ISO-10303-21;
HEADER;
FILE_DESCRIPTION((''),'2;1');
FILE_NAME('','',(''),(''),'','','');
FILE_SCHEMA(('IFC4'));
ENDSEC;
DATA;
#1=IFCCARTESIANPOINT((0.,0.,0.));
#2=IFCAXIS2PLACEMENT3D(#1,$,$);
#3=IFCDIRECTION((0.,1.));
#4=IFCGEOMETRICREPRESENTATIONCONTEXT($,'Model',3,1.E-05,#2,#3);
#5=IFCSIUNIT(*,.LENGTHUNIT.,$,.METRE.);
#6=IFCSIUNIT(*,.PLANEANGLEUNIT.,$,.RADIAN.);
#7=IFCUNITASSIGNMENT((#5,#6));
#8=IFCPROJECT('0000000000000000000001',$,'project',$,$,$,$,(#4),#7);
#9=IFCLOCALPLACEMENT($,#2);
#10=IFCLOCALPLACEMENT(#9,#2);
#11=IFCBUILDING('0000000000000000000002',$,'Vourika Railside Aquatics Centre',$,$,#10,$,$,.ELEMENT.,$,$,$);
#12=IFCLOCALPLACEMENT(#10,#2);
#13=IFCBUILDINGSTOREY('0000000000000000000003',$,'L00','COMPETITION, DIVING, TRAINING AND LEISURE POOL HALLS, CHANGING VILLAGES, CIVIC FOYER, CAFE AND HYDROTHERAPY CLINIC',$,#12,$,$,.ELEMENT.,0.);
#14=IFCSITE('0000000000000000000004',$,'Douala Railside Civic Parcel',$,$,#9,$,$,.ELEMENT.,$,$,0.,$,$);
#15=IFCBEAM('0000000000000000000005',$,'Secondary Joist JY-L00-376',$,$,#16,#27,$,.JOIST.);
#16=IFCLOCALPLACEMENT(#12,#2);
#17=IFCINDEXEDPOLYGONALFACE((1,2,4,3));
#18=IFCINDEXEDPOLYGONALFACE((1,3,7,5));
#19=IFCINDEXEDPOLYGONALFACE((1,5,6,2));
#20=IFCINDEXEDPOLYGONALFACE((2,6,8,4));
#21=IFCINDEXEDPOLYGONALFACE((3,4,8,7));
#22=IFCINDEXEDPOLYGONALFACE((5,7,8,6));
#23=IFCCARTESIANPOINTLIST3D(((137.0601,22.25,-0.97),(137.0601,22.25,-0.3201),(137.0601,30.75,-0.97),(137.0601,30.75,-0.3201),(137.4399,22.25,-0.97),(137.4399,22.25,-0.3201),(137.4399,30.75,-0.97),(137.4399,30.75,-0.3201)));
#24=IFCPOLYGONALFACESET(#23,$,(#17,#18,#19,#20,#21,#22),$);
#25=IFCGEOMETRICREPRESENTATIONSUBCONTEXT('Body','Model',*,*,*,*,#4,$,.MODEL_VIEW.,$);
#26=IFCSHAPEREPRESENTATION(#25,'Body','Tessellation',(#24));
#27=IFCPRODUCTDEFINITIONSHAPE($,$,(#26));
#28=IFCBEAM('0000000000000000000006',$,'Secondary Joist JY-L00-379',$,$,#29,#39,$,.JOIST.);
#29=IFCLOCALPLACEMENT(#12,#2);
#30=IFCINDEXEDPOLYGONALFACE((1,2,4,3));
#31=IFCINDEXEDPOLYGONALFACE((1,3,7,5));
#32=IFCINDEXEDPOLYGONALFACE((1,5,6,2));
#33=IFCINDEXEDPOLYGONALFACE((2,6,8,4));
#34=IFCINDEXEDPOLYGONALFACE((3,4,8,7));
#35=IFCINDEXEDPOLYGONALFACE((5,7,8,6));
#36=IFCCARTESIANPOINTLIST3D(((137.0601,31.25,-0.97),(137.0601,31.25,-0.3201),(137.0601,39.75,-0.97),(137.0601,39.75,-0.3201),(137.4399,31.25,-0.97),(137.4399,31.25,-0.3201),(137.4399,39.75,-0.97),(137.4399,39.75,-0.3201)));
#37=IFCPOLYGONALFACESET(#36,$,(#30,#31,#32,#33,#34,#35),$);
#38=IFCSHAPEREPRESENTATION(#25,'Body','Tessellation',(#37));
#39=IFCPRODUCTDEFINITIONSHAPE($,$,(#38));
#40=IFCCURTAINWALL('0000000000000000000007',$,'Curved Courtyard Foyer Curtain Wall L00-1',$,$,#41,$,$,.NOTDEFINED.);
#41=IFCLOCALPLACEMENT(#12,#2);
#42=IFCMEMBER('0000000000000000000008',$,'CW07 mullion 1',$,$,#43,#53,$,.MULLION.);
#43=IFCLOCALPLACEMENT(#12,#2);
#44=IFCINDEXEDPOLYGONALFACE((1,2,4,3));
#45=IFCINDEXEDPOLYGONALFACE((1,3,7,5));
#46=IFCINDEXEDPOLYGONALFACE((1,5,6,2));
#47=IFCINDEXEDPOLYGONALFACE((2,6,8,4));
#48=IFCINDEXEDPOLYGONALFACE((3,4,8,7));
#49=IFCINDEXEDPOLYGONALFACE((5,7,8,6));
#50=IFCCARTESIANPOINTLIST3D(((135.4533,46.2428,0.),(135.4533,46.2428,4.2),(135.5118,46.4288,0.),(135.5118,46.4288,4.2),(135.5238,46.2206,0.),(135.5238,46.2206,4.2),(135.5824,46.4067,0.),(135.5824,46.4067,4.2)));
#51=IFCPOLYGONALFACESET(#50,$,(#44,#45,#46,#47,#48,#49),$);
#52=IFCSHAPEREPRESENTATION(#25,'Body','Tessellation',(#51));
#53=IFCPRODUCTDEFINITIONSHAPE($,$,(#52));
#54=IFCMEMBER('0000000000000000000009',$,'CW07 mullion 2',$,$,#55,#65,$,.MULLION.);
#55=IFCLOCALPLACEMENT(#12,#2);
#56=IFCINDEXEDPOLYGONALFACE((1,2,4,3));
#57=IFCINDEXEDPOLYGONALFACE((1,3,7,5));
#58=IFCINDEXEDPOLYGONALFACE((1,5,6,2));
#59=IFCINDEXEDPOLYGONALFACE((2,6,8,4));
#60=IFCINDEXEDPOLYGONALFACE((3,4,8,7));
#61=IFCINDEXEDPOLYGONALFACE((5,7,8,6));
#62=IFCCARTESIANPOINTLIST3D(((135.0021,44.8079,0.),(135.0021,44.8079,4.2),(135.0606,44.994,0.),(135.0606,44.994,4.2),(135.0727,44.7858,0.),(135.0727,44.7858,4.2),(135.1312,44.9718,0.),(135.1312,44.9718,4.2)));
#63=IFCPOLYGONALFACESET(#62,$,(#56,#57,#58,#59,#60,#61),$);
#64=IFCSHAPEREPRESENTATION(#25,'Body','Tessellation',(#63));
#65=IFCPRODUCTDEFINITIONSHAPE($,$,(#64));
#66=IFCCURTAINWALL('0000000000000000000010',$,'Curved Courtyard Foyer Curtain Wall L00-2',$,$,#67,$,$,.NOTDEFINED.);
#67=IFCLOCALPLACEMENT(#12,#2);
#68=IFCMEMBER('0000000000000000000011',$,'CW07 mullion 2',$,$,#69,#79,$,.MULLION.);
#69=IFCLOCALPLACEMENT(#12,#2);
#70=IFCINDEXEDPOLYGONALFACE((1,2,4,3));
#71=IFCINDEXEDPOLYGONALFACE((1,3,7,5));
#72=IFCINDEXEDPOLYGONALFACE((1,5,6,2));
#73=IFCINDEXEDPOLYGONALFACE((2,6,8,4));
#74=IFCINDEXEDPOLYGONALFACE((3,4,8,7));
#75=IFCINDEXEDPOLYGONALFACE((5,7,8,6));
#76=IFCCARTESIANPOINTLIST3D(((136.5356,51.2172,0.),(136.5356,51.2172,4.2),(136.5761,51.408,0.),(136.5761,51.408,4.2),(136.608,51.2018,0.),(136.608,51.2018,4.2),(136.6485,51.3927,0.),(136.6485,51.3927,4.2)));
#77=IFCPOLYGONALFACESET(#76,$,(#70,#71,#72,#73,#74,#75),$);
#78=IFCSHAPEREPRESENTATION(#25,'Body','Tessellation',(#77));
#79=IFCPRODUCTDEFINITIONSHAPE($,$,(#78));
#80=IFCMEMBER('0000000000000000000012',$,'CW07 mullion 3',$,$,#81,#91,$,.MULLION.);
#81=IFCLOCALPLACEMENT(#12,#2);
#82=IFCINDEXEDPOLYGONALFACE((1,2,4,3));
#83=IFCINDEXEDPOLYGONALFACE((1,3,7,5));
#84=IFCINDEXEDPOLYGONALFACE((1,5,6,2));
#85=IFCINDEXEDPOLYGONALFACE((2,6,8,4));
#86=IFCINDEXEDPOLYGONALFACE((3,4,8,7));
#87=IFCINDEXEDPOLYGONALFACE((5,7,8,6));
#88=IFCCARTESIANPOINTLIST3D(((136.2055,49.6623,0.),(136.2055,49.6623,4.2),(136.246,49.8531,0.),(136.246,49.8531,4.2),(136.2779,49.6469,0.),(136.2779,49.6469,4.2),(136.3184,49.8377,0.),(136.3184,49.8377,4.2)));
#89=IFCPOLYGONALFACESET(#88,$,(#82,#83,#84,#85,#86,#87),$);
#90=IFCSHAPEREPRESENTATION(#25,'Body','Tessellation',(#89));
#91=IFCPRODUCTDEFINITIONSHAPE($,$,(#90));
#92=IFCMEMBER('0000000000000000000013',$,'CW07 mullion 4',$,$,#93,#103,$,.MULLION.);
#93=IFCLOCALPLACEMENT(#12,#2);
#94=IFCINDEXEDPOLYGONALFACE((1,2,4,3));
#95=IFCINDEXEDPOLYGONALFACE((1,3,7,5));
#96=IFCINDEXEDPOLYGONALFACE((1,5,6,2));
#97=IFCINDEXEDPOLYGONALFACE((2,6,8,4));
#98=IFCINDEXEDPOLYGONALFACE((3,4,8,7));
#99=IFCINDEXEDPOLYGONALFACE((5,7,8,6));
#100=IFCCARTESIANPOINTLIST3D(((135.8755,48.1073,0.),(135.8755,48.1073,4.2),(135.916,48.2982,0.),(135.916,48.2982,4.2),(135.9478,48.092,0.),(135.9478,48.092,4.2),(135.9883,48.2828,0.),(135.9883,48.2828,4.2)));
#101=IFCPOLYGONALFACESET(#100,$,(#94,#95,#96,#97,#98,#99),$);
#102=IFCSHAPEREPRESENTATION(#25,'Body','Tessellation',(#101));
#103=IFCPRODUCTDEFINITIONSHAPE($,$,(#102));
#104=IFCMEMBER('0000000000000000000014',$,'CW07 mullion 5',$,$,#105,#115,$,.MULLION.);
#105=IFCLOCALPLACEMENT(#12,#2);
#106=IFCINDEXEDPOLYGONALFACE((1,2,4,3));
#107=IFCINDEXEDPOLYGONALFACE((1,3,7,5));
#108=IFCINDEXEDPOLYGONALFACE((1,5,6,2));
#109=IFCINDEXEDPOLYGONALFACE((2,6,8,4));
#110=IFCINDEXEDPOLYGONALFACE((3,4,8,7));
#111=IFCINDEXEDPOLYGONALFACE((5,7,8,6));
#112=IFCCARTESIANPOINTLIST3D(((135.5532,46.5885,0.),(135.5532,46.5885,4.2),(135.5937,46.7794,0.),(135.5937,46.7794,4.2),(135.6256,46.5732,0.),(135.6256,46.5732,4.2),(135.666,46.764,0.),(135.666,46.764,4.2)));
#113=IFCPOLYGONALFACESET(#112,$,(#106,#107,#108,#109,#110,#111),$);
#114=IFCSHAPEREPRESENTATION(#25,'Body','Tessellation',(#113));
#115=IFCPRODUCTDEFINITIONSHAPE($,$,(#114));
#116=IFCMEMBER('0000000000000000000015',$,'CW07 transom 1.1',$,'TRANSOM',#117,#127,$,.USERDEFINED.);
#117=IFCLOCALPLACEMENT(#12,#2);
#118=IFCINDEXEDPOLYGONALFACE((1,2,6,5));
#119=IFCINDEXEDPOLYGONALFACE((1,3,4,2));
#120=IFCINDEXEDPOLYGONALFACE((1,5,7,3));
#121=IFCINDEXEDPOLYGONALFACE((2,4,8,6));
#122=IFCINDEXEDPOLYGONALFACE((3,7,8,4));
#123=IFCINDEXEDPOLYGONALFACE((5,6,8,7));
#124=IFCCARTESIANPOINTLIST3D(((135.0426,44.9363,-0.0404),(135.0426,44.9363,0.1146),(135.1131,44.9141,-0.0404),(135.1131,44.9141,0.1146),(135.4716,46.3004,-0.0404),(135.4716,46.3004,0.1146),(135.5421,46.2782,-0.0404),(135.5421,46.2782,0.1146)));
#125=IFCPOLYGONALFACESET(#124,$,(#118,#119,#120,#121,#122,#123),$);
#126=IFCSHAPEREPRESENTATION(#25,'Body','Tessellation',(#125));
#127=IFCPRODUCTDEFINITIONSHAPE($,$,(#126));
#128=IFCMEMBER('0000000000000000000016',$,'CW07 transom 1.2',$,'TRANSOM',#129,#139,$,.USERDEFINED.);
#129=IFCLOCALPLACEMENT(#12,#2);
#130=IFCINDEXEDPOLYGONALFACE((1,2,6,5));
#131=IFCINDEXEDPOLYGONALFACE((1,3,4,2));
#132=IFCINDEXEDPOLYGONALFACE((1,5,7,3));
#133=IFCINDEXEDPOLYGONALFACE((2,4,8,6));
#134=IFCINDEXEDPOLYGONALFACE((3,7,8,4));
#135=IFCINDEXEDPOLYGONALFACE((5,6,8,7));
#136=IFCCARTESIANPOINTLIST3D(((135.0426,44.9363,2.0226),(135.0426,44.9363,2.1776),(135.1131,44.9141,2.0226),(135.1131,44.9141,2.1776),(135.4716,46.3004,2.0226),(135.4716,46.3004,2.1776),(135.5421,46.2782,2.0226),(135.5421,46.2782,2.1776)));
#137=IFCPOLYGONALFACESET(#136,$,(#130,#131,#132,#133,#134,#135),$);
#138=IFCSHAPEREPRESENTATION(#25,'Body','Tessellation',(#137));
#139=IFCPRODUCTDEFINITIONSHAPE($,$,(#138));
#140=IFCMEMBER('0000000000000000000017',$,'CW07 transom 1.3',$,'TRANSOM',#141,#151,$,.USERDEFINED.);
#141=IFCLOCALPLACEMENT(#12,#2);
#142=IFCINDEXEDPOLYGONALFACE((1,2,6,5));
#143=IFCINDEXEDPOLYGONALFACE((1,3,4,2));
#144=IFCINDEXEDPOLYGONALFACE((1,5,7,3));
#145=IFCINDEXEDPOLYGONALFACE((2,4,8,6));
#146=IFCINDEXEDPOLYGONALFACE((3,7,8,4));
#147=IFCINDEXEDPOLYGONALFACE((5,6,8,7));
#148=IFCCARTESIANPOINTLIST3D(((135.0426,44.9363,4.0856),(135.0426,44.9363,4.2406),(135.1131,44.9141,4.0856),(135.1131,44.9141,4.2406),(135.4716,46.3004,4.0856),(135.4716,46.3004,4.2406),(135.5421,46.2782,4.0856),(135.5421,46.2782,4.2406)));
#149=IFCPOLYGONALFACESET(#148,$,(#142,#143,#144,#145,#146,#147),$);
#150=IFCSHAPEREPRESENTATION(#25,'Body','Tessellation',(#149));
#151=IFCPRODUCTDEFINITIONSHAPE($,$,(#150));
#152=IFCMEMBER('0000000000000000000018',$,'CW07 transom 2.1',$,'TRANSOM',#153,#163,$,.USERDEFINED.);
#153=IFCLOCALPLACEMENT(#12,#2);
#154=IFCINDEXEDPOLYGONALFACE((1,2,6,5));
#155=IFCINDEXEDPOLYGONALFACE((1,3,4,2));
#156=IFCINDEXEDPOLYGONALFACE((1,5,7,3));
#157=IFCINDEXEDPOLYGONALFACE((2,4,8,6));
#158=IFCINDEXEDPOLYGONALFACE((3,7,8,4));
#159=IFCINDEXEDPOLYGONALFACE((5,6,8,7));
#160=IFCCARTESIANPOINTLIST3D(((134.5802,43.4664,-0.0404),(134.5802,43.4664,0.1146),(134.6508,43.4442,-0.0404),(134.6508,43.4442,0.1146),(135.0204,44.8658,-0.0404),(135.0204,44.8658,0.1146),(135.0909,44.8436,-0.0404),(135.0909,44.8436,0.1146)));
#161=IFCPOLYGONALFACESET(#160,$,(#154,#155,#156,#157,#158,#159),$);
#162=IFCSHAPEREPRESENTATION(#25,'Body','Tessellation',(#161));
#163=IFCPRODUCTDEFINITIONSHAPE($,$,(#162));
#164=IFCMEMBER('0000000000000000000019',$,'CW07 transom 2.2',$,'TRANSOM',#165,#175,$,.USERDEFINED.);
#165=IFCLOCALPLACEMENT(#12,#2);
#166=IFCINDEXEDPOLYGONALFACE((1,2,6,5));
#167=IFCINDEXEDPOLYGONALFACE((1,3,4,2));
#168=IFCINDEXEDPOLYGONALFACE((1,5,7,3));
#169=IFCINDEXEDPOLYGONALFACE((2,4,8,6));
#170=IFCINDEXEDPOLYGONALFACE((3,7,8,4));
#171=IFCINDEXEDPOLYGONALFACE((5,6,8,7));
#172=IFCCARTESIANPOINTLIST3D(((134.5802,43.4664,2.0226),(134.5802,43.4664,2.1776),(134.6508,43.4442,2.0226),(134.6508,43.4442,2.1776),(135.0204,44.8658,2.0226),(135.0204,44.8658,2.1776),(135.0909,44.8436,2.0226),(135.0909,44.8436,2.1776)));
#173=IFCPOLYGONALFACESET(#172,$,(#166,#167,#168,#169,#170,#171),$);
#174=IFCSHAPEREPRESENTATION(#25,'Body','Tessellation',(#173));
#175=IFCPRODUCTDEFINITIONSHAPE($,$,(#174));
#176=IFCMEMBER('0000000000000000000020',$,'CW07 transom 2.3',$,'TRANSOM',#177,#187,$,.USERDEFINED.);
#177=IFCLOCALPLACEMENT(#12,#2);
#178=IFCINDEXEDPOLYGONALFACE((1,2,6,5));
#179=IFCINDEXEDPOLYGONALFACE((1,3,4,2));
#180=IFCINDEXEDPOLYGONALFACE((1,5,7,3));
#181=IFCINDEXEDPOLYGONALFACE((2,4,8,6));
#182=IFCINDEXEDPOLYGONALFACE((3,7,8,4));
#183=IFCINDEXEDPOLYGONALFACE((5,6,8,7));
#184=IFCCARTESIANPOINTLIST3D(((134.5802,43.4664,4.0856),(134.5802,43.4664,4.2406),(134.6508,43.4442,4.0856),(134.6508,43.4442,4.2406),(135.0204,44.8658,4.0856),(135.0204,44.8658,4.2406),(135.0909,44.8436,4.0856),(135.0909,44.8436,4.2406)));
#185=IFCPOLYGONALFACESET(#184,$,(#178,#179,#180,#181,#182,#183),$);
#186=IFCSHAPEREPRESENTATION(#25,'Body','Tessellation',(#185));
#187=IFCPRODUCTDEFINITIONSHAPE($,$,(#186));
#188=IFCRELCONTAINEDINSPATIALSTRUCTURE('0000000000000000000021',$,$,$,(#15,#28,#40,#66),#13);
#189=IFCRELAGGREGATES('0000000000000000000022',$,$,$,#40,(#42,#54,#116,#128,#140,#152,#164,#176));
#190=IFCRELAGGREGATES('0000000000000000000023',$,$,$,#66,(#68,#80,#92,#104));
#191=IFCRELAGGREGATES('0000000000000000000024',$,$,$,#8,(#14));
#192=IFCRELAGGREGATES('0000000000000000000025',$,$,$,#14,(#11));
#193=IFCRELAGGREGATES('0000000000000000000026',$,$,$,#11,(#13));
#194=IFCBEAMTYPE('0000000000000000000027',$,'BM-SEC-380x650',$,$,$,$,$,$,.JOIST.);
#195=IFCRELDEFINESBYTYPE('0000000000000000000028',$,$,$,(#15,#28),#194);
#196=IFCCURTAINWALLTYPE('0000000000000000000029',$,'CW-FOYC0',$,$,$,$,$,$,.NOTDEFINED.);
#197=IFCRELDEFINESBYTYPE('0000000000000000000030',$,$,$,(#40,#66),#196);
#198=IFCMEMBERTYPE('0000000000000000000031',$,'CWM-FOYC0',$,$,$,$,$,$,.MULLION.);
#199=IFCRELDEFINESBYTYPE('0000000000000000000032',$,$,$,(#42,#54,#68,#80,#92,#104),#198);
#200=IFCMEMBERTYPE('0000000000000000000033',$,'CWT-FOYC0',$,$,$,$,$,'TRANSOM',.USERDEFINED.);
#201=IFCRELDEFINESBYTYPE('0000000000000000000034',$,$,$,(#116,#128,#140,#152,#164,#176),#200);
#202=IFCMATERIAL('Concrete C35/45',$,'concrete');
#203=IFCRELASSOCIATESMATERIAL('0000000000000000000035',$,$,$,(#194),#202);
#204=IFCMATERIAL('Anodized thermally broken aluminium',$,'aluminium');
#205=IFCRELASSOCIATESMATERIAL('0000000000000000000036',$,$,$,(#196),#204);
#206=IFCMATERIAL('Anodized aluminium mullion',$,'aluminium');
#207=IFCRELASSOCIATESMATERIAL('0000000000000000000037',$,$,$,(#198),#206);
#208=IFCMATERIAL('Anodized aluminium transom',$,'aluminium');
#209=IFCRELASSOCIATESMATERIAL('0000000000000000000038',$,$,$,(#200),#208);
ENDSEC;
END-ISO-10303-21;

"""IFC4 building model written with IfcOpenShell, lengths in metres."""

from ifc_helpers import new_model, si_unit, direction, frame, origin, origin_2d, place, context, subcontext, project, spatial, rectangle, extrude, material, material_profile, profile_set, type_object, element, aggregate, save


model = new_model("IFC4")

# Units and contexts
model_context = context("Model", 3, precision=1e-05, world=origin(), true_north=direction((0.0, 1.0)))
body_context = subcontext(model_context, "Body", "Model", "MODEL_VIEW")
ifc_project = project(units=[si_unit("LENGTHUNIT", "METRE"), si_unit("PLANEANGLEUNIT", "RADIAN")], contexts=[model_context])

# Site, building, storey
site_placement = place(None, origin())
site = spatial("IfcSite", under=ifc_project, at=site_placement, Name="Douala Railside Civic Parcel", CompositionType="ELEMENT", RefElevation=0.0)
building_placement = place(site_placement, origin())
building = spatial("IfcBuilding", under=site, at=building_placement, Name="Vourika Railside Aquatics Centre", CompositionType="ELEMENT")
storey_placement = place(building_placement, origin())
storey = spatial("IfcBuildingStorey", under=building, at=storey_placement, Name="L00", Description="COMPETITION, DIVING, TRAINING AND LEISURE POOL HALLS, CHANGING VILLAGES, CIVIC FOYER, CAFE AND HYDROTHERAPY CLINIC", CompositionType="ELEMENT", Elevation=0.0)

# Beams
ifc_material_1 = material(Name="Concrete C35/45", Category="concrete")
ifc_material_profile_1 = material_profile(ifc_material_1, rectangle(XDim=0.3799, YDim=0.6499, at=origin_2d()), Name="RC 380x650")
ifc_profile_set_1 = profile_set([ifc_material_profile_1], Name="Concrete C35/45")
beam_type = type_object("IfcBeamType", Name="BM-SEC-380x650", PredefinedType="JOIST", material=ifc_profile_set_1)
for number, where, z_axis, x_axis, name in (
    (1, (137.25, 22.25, -0.645), (0.0, 1.0, 0.0), (-1.0, 0.0, 0.0), "Secondary Joist JY-L00-376"),
    (2, (137.25, 31.25, -0.645), (0.0, 1.0, 0.0), (-1.0, 0.0, 0.0), "Secondary Joist JY-L00-379"),
):
    element("IfcBeam", number, at=place(storey_placement, frame(where, z_axis=z_axis, x_axis=x_axis)), inside=storey, type_object=beam_type, Name=name, PredefinedType="JOIST", context=body_context, shape_type="SweptSolid", body=[
        extrude(rectangle(XDim=0.3799, YDim=0.6499, at=origin_2d()), origin(), (0.0, 0.0, 1.0), 8.5),
    ])

# Curtain walls, members
ifc_material_2 = material(Name="Anodized thermally broken aluminium", Category="aluminium")
curtain_wall_type = type_object("IfcCurtainWallType", Name="CW-FOYC0", PredefinedType="NOTDEFINED", material=ifc_material_2)
curtain_wall_1_placement = place(storey_placement, origin())
curtain_wall_1 = element("IfcCurtainWall", 3, at=curtain_wall_1_placement, inside=storey, type_object=curtain_wall_type, Name="Curved Courtyard Foyer Curtain Wall L00-1", PredefinedType="NOTDEFINED")
ifc_material_3 = material(Name="Anodized aluminium mullion", Category="aluminium")
ifc_material_profile_2 = material_profile(ifc_material_3, rectangle(XDim=0.074, YDim=0.1951, at=origin_2d()), Name="ALU-M 74x195")
ifc_profile_set_2 = profile_set([ifc_material_profile_2], Name="Anodized aluminium mullion")
member_type_1 = type_object("IfcMemberType", Name="CWM-FOYC0", PredefinedType="MULLION", material=ifc_profile_set_2)
member_1_placement = place(storey_placement, frame((135.5178, 46.3247, 0.0), z_axis=(0.0, 0.0, 1.0), x_axis=(0.953947, -0.299974, 0.0)))
member_1 = element("IfcMember", 4, at=member_1_placement, type_object=member_type_1, Name="CW07 mullion 1", PredefinedType="MULLION", context=body_context, shape_type="SweptSolid", body=[
    extrude(rectangle(XDim=0.074, YDim=0.1951, at=origin_2d()), origin(), (0.0, 0.0, 1.0), 4.2),
])
member_2_placement = place(storey_placement, frame((135.0667, 44.8899, 0.0), z_axis=(0.0, 0.0, 1.0), x_axis=(0.953947, -0.299974, 0.0)))
member_2 = element("IfcMember", 5, at=member_2_placement, type_object=member_type_1, Name="CW07 mullion 2", PredefinedType="MULLION", context=body_context, shape_type="SweptSolid", body=[
    extrude(rectangle(XDim=0.074, YDim=0.1951, at=origin_2d()), origin(), (0.0, 0.0, 1.0), 4.2),
])
curtain_wall_2_placement = place(storey_placement, origin())
curtain_wall_2 = element("IfcCurtainWall", 6, at=curtain_wall_2_placement, inside=storey, type_object=curtain_wall_type, Name="Curved Courtyard Foyer Curtain Wall L00-2", PredefinedType="NOTDEFINED")
member_3_placement = place(storey_placement, frame((136.592, 51.3049, 0.0), z_axis=(0.0, 0.0, 1.0), x_axis=(0.978215, -0.207595, 0.0)))
member_3 = element("IfcMember", 7, at=member_3_placement, type_object=member_type_1, Name="CW07 mullion 2", PredefinedType="MULLION", context=body_context, shape_type="SweptSolid", body=[
    extrude(rectangle(XDim=0.074, YDim=0.1951, at=origin_2d()), origin(), (0.0, 0.0, 1.0), 4.2),
])
member_4_placement = place(storey_placement, frame((136.262, 49.75, 0.0), z_axis=(0.0, 0.0, 1.0), x_axis=(0.978215, -0.207595, 0.0)))
member_4 = element("IfcMember", 8, at=member_4_placement, type_object=member_type_1, Name="CW07 mullion 3", PredefinedType="MULLION", context=body_context, shape_type="SweptSolid", body=[
    extrude(rectangle(XDim=0.074, YDim=0.1951, at=origin_2d()), origin(), (0.0, 0.0, 1.0), 4.2),
])
member_5_placement = place(storey_placement, frame((135.9319, 48.1951, 0.0), z_axis=(0.0, 0.0, 1.0), x_axis=(0.978215, -0.207595, 0.0)))
member_5 = element("IfcMember", 9, at=member_5_placement, type_object=member_type_1, Name="CW07 mullion 4", PredefinedType="MULLION", context=body_context, shape_type="SweptSolid", body=[
    extrude(rectangle(XDim=0.074, YDim=0.1951, at=origin_2d()), origin(), (0.0, 0.0, 1.0), 4.2),
])
member_6_placement = place(storey_placement, frame((135.6096, 46.6763, 0.0), z_axis=(0.0, 0.0, 1.0), x_axis=(0.978215, -0.207595, 0.0)))
member_6 = element("IfcMember", 10, at=member_6_placement, type_object=member_type_1, Name="CW07 mullion 5", PredefinedType="MULLION", context=body_context, shape_type="SweptSolid", body=[
    extrude(rectangle(XDim=0.074, YDim=0.1951, at=origin_2d()), origin(), (0.0, 0.0, 1.0), 4.2),
])

# Members
ifc_material_4 = material(Name="Anodized aluminium transom", Category="aluminium")
ifc_material_profile_3 = material_profile(ifc_material_4, rectangle(XDim=0.074, YDim=0.155, at=origin_2d()), Name="ALU-T 74x155")
ifc_profile_set_3 = profile_set([ifc_material_profile_3], Name="Anodized aluminium transom")
member_type_2 = type_object("IfcMemberType", Name="CWT-FOYC0", ElementType="TRANSOM", PredefinedType="USERDEFINED", material=ifc_profile_set_3)
member_7_placement = place(storey_placement, frame((135.5068, 46.2893, 0.0371), z_axis=(-0.299995, -0.953941, 0.0), x_axis=(0.953941, -0.299995, 0.0)))
member_7 = element("IfcMember", 11, at=member_7_placement, type_object=member_type_2, Name="CW07 transom 1.1", ObjectType="TRANSOM", PredefinedType="USERDEFINED", context=body_context, shape_type="SweptSolid", body=[
    extrude(rectangle(XDim=0.074, YDim=0.155, at=origin_2d()), origin(), (0.0, 0.0, 1.0), 1.4299),
])
member_8_placement = place(storey_placement, frame((135.5068, 46.2893, 2.1001), z_axis=(-0.299995, -0.953941, 0.0), x_axis=(0.953941, -0.299995, 0.0)))
member_8 = element("IfcMember", 12, at=member_8_placement, type_object=member_type_2, Name="CW07 transom 1.2", ObjectType="TRANSOM", PredefinedType="USERDEFINED", context=body_context, shape_type="SweptSolid", body=[
    extrude(rectangle(XDim=0.074, YDim=0.155, at=origin_2d()), origin(), (0.0, 0.0, 1.0), 1.4299),
])
member_9_placement = place(storey_placement, frame((135.5068, 46.2893, 4.1631), z_axis=(-0.299995, -0.953941, 0.0), x_axis=(0.953941, -0.299995, 0.0)))
member_9 = element("IfcMember", 13, at=member_9_placement, type_object=member_type_2, Name="CW07 transom 1.3", ObjectType="TRANSOM", PredefinedType="USERDEFINED", context=body_context, shape_type="SweptSolid", body=[
    extrude(rectangle(XDim=0.074, YDim=0.155, at=origin_2d()), origin(), (0.0, 0.0, 1.0), 1.4299),
])
member_10_placement = place(storey_placement, frame((135.0557, 44.8547, 0.0371), z_axis=(-0.300056, -0.953922, 0.0), x_axis=(0.953922, -0.300056, 0.0)))
member_10 = element("IfcMember", 14, at=member_10_placement, type_object=member_type_2, Name="CW07 transom 2.1", ObjectType="TRANSOM", PredefinedType="USERDEFINED", context=body_context, shape_type="SweptSolid", body=[
    extrude(rectangle(XDim=0.074, YDim=0.155, at=origin_2d()), origin(), (0.0, 0.0, 1.0), 1.467),
])
member_11_placement = place(storey_placement, frame((135.0557, 44.8547, 2.1001), z_axis=(-0.300056, -0.953922, 0.0), x_axis=(0.953922, -0.300056, 0.0)))
member_11 = element("IfcMember", 15, at=member_11_placement, type_object=member_type_2, Name="CW07 transom 2.2", ObjectType="TRANSOM", PredefinedType="USERDEFINED", context=body_context, shape_type="SweptSolid", body=[
    extrude(rectangle(XDim=0.074, YDim=0.155, at=origin_2d()), origin(), (0.0, 0.0, 1.0), 1.467),
])
member_12_placement = place(storey_placement, frame((135.0557, 44.8547, 4.1631), z_axis=(-0.300056, -0.953922, 0.0), x_axis=(0.953922, -0.300056, 0.0)))
member_12 = element("IfcMember", 16, at=member_12_placement, type_object=member_type_2, Name="CW07 transom 2.3", ObjectType="TRANSOM", PredefinedType="USERDEFINED", context=body_context, shape_type="SweptSolid", body=[
    extrude(rectangle(XDim=0.074, YDim=0.155, at=origin_2d()), origin(), (0.0, 0.0, 1.0), 1.467),
])

aggregate(curtain_wall_1, [member_1, member_2, member_7, member_8, member_9, member_10, member_11, member_12])
aggregate(curtain_wall_2, [member_3, member_4, member_5, member_6])

save(model, "model.ifc")
